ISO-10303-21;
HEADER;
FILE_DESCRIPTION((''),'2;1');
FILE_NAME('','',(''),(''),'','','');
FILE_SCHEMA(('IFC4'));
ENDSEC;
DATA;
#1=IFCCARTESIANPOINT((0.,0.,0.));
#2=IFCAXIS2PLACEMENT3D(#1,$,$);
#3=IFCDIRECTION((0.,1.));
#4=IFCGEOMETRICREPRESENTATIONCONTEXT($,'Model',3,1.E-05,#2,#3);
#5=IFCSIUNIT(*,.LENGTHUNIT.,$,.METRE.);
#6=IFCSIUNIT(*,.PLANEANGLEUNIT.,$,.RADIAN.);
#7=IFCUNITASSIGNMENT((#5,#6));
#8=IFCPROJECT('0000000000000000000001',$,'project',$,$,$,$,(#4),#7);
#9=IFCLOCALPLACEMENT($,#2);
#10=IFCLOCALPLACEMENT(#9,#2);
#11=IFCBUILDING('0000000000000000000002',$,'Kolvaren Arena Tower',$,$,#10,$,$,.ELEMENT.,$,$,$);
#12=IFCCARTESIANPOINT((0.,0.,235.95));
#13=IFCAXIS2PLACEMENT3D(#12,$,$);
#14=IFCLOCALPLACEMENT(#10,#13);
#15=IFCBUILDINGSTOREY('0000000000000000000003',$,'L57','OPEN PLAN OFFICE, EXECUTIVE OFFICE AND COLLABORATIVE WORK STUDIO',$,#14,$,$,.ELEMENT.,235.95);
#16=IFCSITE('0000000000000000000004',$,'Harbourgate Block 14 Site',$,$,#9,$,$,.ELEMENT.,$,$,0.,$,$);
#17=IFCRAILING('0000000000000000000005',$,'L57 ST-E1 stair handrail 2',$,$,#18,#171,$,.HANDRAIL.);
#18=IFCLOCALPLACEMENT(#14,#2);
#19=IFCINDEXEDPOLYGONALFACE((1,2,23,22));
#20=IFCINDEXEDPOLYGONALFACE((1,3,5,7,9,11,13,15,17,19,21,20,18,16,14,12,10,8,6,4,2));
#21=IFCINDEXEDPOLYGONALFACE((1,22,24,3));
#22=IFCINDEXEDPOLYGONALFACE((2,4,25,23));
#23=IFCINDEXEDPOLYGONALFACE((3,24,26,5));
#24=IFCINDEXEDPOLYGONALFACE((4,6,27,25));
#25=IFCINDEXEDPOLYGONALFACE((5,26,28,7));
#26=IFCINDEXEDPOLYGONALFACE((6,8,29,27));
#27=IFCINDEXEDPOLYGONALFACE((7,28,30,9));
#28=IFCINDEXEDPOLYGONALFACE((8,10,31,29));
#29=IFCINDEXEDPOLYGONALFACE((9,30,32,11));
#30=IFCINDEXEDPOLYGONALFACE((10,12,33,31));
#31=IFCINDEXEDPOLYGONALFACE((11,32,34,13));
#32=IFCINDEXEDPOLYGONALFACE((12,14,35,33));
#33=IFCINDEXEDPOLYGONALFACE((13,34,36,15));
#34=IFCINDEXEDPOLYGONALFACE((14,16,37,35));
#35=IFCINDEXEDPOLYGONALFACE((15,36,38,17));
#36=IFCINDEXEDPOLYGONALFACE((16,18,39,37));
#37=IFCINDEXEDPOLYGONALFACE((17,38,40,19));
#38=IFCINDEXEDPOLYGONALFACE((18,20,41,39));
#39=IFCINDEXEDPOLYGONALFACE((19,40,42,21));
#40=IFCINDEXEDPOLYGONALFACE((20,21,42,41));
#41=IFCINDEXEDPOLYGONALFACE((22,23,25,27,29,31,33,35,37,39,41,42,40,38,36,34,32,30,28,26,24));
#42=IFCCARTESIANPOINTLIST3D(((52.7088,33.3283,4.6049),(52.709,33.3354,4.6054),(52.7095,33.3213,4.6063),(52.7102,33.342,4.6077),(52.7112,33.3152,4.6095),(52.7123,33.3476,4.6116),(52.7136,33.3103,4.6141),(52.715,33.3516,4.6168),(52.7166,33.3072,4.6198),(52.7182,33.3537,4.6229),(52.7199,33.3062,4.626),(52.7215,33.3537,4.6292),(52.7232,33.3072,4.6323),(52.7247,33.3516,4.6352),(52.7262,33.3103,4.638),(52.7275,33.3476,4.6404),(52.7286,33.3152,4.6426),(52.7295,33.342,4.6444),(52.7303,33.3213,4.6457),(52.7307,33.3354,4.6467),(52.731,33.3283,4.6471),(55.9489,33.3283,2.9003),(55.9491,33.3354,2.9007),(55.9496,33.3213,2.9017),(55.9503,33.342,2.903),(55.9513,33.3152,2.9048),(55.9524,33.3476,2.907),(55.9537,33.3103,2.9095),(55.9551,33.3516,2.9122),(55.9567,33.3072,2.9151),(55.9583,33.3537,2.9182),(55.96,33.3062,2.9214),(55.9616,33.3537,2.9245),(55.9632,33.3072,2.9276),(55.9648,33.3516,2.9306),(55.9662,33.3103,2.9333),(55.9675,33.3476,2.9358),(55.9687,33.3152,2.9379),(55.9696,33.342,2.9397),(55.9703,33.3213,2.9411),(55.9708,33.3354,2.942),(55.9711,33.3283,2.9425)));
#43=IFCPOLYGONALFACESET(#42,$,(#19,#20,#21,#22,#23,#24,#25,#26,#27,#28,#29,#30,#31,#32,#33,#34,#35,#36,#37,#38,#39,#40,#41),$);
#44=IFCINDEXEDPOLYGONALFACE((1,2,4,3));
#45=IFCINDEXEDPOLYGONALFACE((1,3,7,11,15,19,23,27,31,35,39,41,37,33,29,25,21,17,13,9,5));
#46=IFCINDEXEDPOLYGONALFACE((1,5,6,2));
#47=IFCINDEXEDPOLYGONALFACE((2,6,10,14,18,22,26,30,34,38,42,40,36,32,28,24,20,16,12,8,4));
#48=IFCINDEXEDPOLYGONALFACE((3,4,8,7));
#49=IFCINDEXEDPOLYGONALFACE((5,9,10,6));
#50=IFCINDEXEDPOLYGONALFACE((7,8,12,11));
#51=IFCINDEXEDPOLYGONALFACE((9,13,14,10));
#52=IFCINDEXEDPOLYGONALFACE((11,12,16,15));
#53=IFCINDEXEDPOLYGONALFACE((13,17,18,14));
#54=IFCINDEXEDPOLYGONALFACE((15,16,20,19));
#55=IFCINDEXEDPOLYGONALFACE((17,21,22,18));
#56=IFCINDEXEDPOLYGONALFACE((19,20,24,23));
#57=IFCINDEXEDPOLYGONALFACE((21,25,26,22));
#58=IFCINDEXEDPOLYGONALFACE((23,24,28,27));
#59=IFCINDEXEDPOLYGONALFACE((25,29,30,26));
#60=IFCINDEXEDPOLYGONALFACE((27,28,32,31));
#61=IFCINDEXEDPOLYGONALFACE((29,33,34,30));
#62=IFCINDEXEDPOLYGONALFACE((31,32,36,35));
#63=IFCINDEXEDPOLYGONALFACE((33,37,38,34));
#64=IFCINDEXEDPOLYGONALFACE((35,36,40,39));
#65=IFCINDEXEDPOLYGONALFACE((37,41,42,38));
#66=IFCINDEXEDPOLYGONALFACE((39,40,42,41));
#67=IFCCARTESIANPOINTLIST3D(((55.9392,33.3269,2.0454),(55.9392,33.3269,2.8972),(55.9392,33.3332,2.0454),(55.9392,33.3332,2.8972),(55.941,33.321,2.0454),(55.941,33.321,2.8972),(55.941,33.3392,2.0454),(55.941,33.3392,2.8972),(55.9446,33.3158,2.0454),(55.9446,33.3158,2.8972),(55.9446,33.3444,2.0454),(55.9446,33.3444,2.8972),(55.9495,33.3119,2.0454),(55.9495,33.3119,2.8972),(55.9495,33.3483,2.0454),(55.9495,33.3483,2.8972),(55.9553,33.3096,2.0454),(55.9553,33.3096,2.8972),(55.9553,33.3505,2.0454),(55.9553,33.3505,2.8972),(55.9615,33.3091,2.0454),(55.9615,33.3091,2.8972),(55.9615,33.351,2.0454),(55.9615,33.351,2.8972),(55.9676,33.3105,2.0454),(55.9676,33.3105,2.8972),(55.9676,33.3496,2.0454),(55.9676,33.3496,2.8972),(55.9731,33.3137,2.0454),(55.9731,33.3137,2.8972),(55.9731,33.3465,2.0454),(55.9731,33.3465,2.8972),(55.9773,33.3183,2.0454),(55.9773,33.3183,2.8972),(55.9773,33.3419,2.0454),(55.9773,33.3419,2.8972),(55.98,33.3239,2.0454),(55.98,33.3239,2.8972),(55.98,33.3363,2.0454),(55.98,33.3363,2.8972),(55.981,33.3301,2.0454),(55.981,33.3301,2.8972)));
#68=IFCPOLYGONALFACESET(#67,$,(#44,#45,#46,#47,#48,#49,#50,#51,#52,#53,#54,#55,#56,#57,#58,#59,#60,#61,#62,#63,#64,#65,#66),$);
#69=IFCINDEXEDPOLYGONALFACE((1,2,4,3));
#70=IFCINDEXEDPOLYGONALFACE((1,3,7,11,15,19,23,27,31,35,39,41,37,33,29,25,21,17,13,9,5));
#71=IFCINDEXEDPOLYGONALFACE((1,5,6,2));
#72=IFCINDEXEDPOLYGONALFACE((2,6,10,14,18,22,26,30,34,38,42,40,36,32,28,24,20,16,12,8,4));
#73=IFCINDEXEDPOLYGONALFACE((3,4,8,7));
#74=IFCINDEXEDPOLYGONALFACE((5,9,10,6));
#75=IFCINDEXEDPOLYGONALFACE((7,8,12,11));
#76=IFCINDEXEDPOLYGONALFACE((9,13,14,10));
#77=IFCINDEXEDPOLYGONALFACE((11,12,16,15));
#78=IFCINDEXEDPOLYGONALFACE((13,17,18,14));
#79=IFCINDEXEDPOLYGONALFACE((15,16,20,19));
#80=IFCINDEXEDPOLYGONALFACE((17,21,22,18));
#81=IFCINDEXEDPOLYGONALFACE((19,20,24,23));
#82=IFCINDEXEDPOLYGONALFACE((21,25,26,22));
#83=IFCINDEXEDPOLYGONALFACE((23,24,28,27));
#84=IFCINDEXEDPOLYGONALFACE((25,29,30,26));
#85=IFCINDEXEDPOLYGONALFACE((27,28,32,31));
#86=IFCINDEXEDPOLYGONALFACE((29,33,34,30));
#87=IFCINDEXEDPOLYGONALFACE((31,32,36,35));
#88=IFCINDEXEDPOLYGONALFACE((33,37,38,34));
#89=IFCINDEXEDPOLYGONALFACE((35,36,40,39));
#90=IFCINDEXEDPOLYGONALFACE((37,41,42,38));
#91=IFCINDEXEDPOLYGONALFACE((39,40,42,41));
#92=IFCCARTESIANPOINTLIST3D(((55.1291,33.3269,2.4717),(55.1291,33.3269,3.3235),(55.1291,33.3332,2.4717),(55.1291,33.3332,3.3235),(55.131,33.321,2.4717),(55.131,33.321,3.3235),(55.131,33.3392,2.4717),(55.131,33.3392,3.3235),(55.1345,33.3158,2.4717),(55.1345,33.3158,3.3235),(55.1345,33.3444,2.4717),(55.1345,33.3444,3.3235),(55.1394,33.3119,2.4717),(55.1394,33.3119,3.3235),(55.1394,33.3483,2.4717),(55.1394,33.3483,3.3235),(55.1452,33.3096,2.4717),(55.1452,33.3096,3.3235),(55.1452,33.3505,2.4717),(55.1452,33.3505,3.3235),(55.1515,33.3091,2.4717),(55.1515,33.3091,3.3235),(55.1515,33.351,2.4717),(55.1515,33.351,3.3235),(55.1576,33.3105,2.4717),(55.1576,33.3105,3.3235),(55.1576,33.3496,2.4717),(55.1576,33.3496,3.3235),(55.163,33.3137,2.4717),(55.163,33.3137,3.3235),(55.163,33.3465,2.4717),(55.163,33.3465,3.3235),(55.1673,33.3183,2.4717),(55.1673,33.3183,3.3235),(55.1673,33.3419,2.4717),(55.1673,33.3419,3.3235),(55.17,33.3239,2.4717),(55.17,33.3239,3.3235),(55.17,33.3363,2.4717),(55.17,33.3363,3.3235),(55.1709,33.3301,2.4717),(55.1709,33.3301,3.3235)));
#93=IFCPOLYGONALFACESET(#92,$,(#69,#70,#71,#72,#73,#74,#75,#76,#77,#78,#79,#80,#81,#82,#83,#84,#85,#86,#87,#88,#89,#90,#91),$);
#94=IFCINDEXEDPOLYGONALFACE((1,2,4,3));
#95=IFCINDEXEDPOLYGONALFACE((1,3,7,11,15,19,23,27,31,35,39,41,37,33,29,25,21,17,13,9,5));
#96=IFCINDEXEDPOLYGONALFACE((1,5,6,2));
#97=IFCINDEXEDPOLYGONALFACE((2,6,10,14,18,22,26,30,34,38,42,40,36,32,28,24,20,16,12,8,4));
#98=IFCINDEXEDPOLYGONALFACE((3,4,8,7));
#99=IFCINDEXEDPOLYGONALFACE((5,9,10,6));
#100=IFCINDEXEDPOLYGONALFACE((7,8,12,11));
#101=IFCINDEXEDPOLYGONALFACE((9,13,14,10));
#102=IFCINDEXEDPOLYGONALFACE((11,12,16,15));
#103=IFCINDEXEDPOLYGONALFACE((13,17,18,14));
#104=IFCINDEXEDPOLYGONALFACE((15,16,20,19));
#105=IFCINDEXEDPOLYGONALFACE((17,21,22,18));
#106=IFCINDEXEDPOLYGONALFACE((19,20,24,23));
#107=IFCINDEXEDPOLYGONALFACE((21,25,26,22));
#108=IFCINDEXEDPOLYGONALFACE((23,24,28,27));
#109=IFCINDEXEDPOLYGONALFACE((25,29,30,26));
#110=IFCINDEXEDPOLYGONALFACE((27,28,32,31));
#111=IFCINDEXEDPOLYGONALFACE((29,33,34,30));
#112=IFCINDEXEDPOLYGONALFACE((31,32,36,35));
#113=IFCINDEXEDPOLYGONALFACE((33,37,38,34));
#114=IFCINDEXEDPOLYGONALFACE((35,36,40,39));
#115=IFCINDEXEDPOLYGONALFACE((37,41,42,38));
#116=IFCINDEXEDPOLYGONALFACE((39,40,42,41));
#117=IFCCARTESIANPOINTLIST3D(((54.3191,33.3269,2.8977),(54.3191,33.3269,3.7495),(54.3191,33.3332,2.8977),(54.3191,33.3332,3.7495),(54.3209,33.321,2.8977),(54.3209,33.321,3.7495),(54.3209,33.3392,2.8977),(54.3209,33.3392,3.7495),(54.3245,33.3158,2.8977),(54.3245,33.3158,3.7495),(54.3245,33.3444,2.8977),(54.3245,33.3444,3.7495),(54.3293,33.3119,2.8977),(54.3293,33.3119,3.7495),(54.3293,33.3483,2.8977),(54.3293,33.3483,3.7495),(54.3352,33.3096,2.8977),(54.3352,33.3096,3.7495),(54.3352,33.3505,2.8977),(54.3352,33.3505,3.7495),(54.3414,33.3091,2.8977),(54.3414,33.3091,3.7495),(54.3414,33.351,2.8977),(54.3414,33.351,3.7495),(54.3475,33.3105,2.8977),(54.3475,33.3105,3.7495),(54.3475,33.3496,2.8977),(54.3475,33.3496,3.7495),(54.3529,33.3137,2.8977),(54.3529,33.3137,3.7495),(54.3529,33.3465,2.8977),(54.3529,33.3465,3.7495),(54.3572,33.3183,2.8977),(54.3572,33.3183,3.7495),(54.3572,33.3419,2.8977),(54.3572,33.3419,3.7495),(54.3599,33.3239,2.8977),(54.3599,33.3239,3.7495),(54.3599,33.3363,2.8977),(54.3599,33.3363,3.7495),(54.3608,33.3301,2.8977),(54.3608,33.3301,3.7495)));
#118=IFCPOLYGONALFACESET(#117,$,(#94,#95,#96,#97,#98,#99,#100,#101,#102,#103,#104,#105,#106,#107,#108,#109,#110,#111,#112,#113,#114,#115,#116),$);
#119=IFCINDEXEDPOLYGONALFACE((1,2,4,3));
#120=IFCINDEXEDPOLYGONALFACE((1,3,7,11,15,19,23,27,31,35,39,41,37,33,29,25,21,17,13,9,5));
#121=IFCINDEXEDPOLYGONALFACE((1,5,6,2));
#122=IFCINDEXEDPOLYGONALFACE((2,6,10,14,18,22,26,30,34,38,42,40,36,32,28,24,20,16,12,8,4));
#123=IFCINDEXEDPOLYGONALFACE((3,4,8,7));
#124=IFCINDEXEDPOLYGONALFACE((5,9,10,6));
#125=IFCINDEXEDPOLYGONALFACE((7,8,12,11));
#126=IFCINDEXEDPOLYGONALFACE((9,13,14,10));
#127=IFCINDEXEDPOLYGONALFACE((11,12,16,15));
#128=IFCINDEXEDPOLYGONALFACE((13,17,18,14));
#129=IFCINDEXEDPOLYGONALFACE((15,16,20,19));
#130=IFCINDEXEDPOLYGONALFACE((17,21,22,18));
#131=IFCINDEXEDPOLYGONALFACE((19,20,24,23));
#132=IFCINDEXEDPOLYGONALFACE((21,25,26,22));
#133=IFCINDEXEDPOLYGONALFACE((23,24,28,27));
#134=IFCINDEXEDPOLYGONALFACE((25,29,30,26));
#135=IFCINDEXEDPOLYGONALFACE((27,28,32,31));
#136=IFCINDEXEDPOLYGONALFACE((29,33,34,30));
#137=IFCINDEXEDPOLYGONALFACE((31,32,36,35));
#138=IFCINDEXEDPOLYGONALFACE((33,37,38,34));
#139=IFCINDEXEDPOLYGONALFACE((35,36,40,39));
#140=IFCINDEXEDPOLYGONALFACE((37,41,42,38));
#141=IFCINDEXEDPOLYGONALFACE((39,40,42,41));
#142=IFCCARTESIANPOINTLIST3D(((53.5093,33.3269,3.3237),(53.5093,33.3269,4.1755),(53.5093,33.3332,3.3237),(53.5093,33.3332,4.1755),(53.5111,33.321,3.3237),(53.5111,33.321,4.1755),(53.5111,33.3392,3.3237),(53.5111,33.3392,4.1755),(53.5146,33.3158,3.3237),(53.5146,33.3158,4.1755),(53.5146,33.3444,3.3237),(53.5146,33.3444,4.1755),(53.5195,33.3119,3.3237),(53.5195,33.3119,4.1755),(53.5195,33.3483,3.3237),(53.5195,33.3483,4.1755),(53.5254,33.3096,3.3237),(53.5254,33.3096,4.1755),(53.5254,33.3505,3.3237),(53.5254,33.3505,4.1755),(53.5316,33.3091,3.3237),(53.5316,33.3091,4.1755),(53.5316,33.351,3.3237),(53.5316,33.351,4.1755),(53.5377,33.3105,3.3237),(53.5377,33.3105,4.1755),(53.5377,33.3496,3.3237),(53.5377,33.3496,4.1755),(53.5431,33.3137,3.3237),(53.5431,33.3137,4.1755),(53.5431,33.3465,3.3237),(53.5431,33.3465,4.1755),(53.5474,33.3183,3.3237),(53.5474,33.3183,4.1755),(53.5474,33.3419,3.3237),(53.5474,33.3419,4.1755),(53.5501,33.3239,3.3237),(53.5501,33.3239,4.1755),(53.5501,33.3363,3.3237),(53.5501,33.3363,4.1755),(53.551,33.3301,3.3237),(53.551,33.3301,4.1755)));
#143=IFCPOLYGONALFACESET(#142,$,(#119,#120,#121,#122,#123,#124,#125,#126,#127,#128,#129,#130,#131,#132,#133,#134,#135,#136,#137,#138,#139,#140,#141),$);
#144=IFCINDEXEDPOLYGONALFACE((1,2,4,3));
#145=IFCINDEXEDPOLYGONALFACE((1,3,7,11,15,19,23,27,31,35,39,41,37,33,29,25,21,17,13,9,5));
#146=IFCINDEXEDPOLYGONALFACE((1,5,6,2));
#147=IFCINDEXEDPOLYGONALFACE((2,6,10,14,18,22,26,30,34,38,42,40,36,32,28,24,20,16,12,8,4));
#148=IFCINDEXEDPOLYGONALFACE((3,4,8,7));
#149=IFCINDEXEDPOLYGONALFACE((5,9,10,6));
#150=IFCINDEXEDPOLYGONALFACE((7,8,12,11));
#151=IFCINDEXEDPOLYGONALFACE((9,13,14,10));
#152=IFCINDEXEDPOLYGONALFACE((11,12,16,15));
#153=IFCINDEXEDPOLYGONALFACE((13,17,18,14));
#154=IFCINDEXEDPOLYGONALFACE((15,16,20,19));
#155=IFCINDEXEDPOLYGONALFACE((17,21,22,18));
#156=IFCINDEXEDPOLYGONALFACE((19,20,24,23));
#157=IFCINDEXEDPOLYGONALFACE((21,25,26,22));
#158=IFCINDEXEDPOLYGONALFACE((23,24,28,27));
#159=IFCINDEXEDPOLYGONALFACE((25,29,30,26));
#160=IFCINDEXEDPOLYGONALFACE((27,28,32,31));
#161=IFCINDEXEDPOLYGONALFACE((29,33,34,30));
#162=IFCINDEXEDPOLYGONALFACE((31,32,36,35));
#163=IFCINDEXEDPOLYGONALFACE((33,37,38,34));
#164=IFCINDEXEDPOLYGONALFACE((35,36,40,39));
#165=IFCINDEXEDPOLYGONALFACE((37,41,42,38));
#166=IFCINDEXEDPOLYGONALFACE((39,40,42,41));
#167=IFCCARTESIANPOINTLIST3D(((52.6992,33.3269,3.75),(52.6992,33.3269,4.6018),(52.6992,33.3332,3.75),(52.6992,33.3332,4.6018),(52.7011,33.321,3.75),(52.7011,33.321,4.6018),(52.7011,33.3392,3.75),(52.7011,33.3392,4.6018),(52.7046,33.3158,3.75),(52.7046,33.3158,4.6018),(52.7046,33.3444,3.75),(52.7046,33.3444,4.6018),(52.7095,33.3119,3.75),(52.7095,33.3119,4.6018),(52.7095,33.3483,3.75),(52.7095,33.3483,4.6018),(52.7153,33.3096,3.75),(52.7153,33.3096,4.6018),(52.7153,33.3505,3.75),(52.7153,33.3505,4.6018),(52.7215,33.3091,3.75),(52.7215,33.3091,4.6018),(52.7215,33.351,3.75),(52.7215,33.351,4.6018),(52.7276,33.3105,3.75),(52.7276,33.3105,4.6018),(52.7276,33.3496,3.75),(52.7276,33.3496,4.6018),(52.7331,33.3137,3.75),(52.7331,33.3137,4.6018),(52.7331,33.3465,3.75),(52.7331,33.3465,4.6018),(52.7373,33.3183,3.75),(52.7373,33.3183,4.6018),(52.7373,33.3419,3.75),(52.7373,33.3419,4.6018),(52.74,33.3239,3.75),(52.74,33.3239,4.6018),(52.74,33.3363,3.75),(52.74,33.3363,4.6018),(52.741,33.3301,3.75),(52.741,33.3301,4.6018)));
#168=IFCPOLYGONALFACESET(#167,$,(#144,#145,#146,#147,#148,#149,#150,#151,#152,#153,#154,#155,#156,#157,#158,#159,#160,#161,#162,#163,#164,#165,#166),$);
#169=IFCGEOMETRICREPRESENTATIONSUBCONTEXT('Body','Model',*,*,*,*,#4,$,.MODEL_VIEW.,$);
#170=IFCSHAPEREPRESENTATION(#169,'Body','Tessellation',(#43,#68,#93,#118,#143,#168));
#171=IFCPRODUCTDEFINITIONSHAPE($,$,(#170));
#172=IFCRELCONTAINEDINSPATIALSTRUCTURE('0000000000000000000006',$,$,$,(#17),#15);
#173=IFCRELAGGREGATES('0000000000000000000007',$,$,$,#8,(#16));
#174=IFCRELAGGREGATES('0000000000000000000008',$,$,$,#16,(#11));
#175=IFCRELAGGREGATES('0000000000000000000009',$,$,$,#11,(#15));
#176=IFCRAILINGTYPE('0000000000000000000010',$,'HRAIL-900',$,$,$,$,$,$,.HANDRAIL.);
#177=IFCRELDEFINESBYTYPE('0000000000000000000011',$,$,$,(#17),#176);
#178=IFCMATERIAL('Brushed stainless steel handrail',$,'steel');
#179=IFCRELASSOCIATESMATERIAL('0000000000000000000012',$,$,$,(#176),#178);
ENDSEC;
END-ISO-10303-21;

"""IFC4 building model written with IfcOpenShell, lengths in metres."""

from ifc_helpers import new_model, si_unit, direction, frame, origin, origin_2d, place, context, subcontext, project, spatial, circle, extrude, material, type_object, element, save


model = new_model("IFC4")

# Units and contexts
model_context = context("Model", 3, precision=1e-05, world=origin(), true_north=direction((0.0, 1.0)))
body_context = subcontext(model_context, "Body", "Model", "MODEL_VIEW")
ifc_project = project(units=[si_unit("LENGTHUNIT", "METRE"), si_unit("PLANEANGLEUNIT", "RADIAN")], contexts=[model_context])

# Site, building, storey
site_placement = place(None, origin())
site = spatial("IfcSite", under=ifc_project, at=site_placement, Name="Harbourgate Block 14 Site", CompositionType="ELEMENT", RefElevation=0.0)
building_placement = place(site_placement, origin())
building = spatial("IfcBuilding", under=site, at=building_placement, Name="Kolvaren Arena Tower", CompositionType="ELEMENT")
storey_placement = place(building_placement, frame((0.0, 0.0, 235.95)))
storey = spatial("IfcBuildingStorey", under=building, at=storey_placement, Name="L57", Description="OPEN PLAN OFFICE, EXECUTIVE OFFICE AND COLLABORATIVE WORK STUDIO", CompositionType="ELEMENT", Elevation=235.95)

# Railing
ifc_material_1 = material(Name="Brushed stainless steel handrail", Category="steel")
railing_type_1 = type_object("IfcRailingType", Name="HRAIL-900", PredefinedType="HANDRAIL", material=ifc_material_1)
for number, where, name in (
    (1, (55.96, 33.3301, 2.0454), "L57 ST-E1 stair handrail 2"),
):
    element("IfcRailing", number, at=place(storey_placement, frame(where)), inside=storey, type_object=railing_type_1, Name=name, PredefinedType="HANDRAIL", context=body_context, shape_type="SweptSolid", body=[
        extrude(circle(Radius=0.0239, at=origin_2d()), frame((0.0, 0.0, 0.876), z_axis=(-0.884993, 0.0, 0.465604), x_axis=(0.0, -1.0, 0.0)), (0.0, 0.0, 1.0), 3.6611),
        extrude(circle(Radius=0.021, at=origin_2d()), origin(), (0.0, 0.0, 1.0), 0.8518),
        extrude(circle(Radius=0.021, at=origin_2d()), frame((-0.8101, 0.0, 0.4263)), (0.0, 0.0, 1.0), 0.8518),
        extrude(circle(Radius=0.021, at=origin_2d()), frame((-1.6201, 0.0, 0.8523)), (0.0, 0.0, 1.0), 0.8518),
        extrude(circle(Radius=0.021, at=origin_2d()), frame((-2.4299, 0.0, 1.2783)), (0.0, 0.0, 1.0), 0.8518),
        extrude(circle(Radius=0.021, at=origin_2d()), frame((-3.24, 0.0, 1.7046)), (0.0, 0.0, 1.0), 0.8518),
    ])

save(model, "model.ifc")
